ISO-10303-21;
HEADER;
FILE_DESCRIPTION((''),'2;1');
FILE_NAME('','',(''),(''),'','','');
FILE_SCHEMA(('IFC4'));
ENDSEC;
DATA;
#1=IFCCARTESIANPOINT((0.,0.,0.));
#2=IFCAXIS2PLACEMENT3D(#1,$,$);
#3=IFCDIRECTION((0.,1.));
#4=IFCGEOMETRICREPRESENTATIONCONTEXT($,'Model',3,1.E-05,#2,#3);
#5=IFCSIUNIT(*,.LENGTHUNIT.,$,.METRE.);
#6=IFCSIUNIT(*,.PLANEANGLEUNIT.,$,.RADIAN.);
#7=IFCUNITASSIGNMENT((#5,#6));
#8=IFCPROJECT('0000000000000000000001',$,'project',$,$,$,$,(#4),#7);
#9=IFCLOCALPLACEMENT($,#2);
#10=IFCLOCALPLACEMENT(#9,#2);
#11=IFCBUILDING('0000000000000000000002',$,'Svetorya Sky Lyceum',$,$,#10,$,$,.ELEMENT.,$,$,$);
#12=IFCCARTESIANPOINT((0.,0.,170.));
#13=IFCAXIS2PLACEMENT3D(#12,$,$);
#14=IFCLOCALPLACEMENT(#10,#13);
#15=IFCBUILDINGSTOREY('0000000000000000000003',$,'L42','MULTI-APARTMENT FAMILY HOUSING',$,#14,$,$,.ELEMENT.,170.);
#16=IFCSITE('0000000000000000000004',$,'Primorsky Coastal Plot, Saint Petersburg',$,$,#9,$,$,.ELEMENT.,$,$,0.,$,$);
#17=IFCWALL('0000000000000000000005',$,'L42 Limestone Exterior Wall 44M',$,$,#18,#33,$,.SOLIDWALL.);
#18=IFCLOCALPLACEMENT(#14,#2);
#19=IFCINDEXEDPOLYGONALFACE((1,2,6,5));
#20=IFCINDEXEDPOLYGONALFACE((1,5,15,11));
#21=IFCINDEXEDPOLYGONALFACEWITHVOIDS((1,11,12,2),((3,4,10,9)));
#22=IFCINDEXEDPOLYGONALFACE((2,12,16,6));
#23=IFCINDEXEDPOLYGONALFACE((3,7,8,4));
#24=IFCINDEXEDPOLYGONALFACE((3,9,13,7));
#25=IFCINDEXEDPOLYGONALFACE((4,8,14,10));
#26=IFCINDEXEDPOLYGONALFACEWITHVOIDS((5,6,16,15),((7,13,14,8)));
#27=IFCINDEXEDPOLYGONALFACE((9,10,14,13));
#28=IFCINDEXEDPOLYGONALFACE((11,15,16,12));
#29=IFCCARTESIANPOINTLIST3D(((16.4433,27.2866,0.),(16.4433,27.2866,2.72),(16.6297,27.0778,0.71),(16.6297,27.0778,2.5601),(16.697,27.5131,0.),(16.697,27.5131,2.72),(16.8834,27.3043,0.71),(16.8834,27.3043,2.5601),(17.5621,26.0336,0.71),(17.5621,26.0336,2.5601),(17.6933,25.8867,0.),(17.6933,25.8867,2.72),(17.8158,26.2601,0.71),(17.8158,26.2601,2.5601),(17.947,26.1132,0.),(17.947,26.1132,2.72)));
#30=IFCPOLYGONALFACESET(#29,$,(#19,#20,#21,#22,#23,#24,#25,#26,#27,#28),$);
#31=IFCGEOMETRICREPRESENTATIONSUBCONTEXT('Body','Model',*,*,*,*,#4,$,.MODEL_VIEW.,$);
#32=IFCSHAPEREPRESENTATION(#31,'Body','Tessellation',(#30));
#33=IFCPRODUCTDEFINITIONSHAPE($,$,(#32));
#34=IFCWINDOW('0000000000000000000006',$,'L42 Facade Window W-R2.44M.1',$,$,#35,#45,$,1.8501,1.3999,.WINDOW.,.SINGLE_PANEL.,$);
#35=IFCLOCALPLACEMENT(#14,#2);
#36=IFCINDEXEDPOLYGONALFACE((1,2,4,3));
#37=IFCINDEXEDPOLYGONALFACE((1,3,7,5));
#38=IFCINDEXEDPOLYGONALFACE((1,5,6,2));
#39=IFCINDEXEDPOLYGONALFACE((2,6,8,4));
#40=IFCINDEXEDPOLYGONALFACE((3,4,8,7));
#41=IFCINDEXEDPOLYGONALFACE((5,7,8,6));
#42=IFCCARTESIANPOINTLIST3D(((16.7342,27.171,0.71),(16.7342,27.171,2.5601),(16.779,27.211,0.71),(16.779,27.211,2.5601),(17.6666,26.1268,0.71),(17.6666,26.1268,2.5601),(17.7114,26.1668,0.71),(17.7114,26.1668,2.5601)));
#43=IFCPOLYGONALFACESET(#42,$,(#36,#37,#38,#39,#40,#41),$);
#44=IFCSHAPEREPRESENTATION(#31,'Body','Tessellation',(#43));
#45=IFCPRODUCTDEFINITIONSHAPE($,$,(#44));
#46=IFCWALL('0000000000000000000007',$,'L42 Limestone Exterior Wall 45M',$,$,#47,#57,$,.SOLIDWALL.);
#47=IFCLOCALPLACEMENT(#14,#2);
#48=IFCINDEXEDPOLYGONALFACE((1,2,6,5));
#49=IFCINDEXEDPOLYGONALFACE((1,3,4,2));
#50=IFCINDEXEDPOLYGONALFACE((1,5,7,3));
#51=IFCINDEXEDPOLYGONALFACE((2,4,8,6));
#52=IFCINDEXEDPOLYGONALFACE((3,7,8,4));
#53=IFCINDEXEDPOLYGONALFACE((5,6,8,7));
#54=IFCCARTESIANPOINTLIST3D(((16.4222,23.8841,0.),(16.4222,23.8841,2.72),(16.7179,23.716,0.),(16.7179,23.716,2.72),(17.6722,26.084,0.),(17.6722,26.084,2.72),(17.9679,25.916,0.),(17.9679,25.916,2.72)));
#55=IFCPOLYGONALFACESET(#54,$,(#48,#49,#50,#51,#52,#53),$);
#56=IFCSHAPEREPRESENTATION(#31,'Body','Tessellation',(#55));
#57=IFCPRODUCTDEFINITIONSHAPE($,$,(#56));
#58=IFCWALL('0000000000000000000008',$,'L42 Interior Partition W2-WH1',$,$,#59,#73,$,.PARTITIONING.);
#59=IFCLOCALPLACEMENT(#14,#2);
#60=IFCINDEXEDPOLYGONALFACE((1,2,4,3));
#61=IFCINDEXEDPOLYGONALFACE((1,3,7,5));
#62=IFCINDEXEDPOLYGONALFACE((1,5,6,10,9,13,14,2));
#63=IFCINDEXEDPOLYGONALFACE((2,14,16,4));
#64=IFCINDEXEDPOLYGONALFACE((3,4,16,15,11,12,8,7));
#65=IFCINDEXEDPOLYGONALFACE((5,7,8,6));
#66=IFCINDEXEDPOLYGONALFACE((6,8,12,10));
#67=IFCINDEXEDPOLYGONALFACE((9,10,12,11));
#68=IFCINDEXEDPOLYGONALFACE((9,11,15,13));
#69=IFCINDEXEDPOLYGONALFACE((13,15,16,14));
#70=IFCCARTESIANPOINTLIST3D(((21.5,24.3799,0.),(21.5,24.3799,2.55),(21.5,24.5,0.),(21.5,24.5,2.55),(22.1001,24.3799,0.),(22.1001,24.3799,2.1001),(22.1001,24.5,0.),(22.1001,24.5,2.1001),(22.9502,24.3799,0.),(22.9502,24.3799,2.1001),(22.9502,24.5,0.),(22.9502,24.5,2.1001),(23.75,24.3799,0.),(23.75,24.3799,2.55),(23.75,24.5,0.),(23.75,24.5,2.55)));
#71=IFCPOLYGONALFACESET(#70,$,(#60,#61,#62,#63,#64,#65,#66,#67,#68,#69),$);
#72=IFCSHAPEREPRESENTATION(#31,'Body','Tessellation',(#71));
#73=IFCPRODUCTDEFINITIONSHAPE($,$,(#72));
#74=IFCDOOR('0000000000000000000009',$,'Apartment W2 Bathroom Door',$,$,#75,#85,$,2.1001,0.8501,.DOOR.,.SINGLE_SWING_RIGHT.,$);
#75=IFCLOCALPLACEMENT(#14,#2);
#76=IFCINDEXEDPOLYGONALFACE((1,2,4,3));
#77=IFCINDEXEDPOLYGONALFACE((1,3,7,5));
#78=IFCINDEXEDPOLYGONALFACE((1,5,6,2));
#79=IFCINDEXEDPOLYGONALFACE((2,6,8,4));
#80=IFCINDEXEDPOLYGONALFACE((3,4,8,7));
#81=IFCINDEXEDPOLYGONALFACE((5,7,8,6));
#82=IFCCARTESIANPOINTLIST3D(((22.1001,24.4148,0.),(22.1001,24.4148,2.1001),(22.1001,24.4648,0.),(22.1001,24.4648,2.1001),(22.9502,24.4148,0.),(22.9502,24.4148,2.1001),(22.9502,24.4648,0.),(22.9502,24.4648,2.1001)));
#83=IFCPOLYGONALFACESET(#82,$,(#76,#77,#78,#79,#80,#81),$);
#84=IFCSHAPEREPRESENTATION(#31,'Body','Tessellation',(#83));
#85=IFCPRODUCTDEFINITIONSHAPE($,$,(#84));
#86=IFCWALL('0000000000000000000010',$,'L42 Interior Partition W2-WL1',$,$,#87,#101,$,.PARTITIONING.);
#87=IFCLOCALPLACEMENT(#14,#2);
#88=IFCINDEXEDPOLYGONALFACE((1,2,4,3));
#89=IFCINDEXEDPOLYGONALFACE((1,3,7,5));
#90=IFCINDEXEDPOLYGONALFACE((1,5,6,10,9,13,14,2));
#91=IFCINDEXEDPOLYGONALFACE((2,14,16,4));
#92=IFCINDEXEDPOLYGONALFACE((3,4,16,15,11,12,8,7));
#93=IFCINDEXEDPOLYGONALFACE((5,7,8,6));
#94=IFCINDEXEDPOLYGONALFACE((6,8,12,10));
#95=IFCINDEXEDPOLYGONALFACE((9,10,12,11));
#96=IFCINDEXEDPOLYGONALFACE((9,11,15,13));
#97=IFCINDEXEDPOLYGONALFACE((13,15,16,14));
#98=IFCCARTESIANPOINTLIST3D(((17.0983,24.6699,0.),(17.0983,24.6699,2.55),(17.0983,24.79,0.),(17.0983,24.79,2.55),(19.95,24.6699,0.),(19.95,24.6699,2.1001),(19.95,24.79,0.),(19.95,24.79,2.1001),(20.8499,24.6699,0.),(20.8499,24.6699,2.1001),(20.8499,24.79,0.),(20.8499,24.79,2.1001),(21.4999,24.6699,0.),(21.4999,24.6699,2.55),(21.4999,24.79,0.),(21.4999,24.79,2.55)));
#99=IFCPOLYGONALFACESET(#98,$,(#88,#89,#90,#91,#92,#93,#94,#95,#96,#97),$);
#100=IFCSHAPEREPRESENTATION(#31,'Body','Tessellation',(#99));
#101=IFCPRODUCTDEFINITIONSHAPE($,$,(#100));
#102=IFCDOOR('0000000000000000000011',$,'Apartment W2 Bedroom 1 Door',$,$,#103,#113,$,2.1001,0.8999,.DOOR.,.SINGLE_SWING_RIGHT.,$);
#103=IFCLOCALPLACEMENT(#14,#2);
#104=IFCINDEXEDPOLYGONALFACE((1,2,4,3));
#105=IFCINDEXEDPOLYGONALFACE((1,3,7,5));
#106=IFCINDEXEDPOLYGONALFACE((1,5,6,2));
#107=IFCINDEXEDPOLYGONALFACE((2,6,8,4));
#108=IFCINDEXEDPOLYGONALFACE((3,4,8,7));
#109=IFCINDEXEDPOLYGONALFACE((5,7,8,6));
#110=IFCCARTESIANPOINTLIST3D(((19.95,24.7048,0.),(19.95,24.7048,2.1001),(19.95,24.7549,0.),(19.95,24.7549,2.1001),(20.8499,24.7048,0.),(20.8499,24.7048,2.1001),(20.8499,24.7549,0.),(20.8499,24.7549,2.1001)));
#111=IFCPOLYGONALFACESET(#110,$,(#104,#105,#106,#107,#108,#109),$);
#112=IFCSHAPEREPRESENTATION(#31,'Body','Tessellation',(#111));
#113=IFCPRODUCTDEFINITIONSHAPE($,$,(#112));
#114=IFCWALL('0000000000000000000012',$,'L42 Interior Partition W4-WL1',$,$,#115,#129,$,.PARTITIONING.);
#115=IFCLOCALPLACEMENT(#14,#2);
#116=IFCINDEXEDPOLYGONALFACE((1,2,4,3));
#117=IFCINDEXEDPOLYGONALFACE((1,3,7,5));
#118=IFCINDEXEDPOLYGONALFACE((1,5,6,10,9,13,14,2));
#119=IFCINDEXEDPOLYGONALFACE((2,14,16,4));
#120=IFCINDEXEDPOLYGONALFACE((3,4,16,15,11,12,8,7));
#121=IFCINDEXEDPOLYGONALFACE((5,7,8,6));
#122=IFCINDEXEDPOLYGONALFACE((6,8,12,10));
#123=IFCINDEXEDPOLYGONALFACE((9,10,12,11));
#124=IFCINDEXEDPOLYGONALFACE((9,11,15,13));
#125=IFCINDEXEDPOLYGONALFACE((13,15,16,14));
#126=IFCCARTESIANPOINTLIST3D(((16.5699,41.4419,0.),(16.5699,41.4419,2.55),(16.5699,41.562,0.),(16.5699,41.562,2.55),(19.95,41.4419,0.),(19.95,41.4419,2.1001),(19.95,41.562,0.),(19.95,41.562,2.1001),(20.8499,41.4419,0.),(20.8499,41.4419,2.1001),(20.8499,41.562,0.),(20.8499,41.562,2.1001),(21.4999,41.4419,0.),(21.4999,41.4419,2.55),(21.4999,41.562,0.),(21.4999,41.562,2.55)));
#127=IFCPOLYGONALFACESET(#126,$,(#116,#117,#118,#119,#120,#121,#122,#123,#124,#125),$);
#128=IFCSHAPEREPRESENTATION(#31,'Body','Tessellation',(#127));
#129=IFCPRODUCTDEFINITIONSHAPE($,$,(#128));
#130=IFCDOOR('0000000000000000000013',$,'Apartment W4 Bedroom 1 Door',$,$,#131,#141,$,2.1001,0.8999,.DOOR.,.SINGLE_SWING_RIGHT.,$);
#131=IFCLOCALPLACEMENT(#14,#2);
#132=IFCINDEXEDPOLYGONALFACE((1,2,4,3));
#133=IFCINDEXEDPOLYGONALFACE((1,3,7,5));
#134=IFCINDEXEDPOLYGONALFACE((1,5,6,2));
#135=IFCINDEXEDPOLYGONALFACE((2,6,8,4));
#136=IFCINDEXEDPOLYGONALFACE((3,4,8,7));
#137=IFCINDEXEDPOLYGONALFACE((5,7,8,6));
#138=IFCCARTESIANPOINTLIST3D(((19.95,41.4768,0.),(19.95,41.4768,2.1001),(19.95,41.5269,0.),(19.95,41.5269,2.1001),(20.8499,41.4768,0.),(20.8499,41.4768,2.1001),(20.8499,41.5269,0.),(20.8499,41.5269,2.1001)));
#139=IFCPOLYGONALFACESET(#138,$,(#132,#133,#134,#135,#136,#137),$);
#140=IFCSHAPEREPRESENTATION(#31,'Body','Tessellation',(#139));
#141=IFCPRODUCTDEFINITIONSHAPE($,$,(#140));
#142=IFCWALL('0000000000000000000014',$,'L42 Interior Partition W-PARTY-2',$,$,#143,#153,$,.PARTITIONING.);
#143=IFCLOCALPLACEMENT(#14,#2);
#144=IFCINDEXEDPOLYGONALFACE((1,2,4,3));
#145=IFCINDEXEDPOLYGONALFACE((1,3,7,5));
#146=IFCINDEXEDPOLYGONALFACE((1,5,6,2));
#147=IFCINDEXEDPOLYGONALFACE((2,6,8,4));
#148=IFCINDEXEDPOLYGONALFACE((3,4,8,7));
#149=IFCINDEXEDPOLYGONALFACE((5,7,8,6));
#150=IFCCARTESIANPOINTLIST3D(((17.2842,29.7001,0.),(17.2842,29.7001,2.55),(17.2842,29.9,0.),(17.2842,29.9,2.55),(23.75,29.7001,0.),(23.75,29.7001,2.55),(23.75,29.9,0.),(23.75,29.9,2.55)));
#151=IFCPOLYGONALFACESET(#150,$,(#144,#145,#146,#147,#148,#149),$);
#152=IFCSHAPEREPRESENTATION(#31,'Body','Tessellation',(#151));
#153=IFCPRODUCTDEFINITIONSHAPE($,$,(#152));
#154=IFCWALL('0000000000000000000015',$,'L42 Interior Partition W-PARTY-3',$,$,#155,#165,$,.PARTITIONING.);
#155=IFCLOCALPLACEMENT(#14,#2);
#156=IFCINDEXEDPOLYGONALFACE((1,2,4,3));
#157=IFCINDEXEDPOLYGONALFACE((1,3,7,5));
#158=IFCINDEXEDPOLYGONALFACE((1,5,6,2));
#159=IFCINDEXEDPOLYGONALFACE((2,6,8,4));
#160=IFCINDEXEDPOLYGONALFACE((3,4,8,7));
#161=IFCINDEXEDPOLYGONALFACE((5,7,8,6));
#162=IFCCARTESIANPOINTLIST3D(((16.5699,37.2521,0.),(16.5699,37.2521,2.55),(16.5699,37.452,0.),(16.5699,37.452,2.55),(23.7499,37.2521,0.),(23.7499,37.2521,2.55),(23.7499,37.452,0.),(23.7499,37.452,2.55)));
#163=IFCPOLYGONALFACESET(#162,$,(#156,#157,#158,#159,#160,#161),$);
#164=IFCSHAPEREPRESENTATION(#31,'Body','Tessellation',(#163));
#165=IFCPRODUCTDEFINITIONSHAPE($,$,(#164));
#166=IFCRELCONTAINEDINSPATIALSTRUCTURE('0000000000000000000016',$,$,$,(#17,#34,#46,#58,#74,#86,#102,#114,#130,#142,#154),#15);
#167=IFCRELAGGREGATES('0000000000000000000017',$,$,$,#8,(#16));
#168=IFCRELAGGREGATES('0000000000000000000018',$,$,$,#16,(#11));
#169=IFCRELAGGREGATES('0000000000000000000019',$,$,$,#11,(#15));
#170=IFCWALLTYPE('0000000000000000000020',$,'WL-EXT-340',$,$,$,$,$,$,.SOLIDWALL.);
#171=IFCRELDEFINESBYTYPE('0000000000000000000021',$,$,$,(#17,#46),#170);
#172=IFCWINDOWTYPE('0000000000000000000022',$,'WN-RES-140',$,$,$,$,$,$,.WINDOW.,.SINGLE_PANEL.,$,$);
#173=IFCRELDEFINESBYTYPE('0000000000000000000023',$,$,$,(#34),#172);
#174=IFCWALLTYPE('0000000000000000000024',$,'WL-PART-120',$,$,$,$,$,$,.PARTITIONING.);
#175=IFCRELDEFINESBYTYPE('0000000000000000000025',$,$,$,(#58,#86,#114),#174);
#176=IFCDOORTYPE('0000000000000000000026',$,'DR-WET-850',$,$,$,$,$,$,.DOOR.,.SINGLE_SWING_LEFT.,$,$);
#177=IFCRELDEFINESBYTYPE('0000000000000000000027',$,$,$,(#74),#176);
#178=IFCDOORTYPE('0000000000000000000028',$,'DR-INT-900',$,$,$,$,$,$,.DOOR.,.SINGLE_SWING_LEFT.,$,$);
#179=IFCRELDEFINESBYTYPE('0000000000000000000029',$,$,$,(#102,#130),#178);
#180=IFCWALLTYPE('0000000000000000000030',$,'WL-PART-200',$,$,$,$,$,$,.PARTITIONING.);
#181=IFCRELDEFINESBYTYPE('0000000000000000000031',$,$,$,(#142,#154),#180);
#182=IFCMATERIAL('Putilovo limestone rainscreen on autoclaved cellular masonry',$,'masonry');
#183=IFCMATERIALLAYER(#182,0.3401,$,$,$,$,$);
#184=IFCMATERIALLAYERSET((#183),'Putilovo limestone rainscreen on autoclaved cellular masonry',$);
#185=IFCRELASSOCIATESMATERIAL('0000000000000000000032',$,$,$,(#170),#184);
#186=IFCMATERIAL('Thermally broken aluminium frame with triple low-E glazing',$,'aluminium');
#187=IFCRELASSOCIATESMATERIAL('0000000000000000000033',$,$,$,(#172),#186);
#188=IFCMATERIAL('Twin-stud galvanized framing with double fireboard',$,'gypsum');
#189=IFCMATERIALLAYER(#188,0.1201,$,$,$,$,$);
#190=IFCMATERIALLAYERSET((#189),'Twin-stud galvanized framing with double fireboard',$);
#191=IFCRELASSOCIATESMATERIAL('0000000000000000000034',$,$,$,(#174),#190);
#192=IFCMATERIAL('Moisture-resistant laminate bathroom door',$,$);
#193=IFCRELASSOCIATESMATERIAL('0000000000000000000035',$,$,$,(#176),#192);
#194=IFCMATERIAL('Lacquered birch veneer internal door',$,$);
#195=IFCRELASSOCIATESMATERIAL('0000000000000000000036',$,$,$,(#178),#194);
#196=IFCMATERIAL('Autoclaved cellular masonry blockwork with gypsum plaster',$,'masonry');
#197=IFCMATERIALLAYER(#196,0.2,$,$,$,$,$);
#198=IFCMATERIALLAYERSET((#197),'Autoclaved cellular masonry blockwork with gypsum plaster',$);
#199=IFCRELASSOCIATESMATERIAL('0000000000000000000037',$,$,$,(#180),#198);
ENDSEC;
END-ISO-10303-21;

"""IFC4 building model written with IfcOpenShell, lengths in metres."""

from ifc_helpers import new_model, si_unit, direction, frame, frame_2d, origin, place, context, subcontext, project, spatial, rectangle, extrude, material, layer, layer_set, type_object, element, fill, save


model = new_model("IFC4")

# Units and contexts
model_context = context("Model", 3, precision=1e-05, world=origin(), true_north=direction((0.0, 1.0)))
body_context = subcontext(model_context, "Body", "Model", "MODEL_VIEW")
ifc_project = project(units=[si_unit("LENGTHUNIT", "METRE"), si_unit("PLANEANGLEUNIT", "RADIAN")], contexts=[model_context])

# Site, building, storey
site_placement = place(None, origin())
site = spatial("IfcSite", under=ifc_project, at=site_placement, Name="Primorsky Coastal Plot, Saint Petersburg", CompositionType="ELEMENT", RefElevation=0.0)
building_placement = place(site_placement, origin())
building = spatial("IfcBuilding", under=site, at=building_placement, Name="Svetorya Sky Lyceum", CompositionType="ELEMENT")
storey_placement = place(building_placement, frame((0.0, 0.0, 170.0)))
storey = spatial("IfcBuildingStorey", under=building, at=storey_placement, Name="L42", Description="MULTI-APARTMENT FAMILY HOUSING", CompositionType="ELEMENT", Elevation=170.0)

# Shared definitions
ifc_material_1 = material(Name="Putilovo limestone rainscreen on autoclaved cellular masonry", Category="masonry")
ifc_layer_1 = layer(ifc_material_1, 0.3401)
ifc_layer_set_1 = layer_set([ifc_layer_1], Name="Putilovo limestone rainscreen on autoclaved cellular masonry")
wall_type_1 = type_object("IfcWallType", Name="WL-EXT-340", PredefinedType="SOLIDWALL", material=ifc_layer_set_1)
ifc_material_2 = material(Name="Thermally broken aluminium frame with triple low-E glazing", Category="aluminium")

# Wall, opening, window
wall_1_placement = place(storey_placement, frame((16.5701, 27.3999, 0.0), z_axis=(0.0, 0.0, 1.0), x_axis=(0.666042, -0.745915, 0.0)))
wall_1 = element("IfcWall", 1, at=wall_1_placement, inside=storey, type_object=wall_type_1, Name="L42 Limestone Exterior Wall 44M", PredefinedType="SOLIDWALL", context=body_context, shape_type="SweptSolid", body=[
    extrude(rectangle(XDim=1.8767, YDim=0.3401, at=frame_2d((0.9385, 0.0))), origin(), (0.0, 0.0, 1.0), 2.72),
])
opening_1_placement = place(wall_1_placement, frame((0.28, 0.0, 0.71)))
opening_1 = element("IfcOpeningElement", 2, at=opening_1_placement, cuts=wall_1, PredefinedType="OPENING", context=body_context, shape_type="SweptSolid", body=[
    extrude(rectangle(XDim=1.3999, YDim=1.8501, at=frame_2d((0.7, 0.925))), frame((0.0, 0.1799, 0.0), z_axis=(0.0, -1.0, 0.0), x_axis=(1.0, 0.0, 0.0)), (0.0, 0.0, 1.0), 0.3601),
])
window_type_1 = type_object("IfcWindowType", Name="WN-RES-140", PartitioningType="SINGLE_PANEL", PredefinedType="WINDOW", material=ifc_material_2)
window_1_placement = place(opening_1_placement, origin())
window_1 = element("IfcWindow", 3, at=window_1_placement, inside=storey, type_object=window_type_1, Name="L42 Facade Window W-R2.44M.1", OverallHeight=1.8501, OverallWidth=1.3999, PartitioningType="SINGLE_PANEL", PredefinedType="WINDOW", context=body_context, shape_type="SweptSolid", body=[
    extrude(rectangle(XDim=1.3999, YDim=1.8501, at=frame_2d((0.7, 0.925))), frame((0.0, 0.03, 0.0), z_axis=(0.0, -1.0, 0.0), x_axis=(1.0, 0.0, 0.0)), (0.0, 0.0, 1.0), 0.0601),
])
fill(opening_1, window_1)

# Wall
wall_2_placement = place(storey_placement, frame((17.8201, 26.0, 0.0), z_axis=(0.0, 0.0, 1.0), x_axis=(-0.494018, -0.869452, 0.0)))
element("IfcWall", 4, at=wall_2_placement, inside=storey, type_object=wall_type_1, Name="L42 Limestone Exterior Wall 45M", PredefinedType="SOLIDWALL", context=body_context, shape_type="SweptSolid", body=[
    extrude(rectangle(XDim=2.5303, YDim=0.3401, at=frame_2d((1.2651, 0.0))), origin(), (0.0, 0.0, 1.0), 2.72),
])

# Walls, openings, doors
ifc_material_3 = material(Name="Twin-stud galvanized framing with double fireboard", Category="gypsum")
ifc_layer_2 = layer(ifc_material_3, 0.1201)
ifc_layer_set_2 = layer_set([ifc_layer_2], Name="Twin-stud galvanized framing with double fireboard")
wall_type_2 = type_object("IfcWallType", Name="WL-PART-120", PredefinedType="PARTITIONING", material=ifc_layer_set_2)
wall_3_placement = place(storey_placement, frame((21.5, 24.4399, 0.0), z_axis=(0.0, 0.0, 1.0), x_axis=(1.0, 0.0, 0.0)))
wall_3 = element("IfcWall", 5, at=wall_3_placement, inside=storey, type_object=wall_type_2, Name="L42 Interior Partition W2-WH1", PredefinedType="PARTITIONING", context=body_context, shape_type="SweptSolid", body=[
    extrude(rectangle(XDim=2.25, YDim=0.1201, at=frame_2d((1.125, 0.0))), origin(), (0.0, 0.0, 1.0), 2.55),
])
opening_2_placement = place(wall_3_placement, frame((0.6001, 0.0, 0.0)))
opening_2 = element("IfcOpeningElement", 6, at=opening_2_placement, cuts=wall_3, PredefinedType="OPENING", context=body_context, shape_type="SweptSolid", body=[
    extrude(rectangle(XDim=0.8501, YDim=2.1001, at=frame_2d((0.425, 1.05))), frame((0.0, 0.0701, 0.0), z_axis=(0.0, -1.0, 0.0), x_axis=(1.0, 0.0, 0.0)), (0.0, 0.0, 1.0), 0.1401),
])
ifc_material_4 = material(Name="Moisture-resistant laminate bathroom door")
door_type_1 = type_object("IfcDoorType", Name="DR-WET-850", OperationType="SINGLE_SWING_LEFT", PredefinedType="DOOR", material=ifc_material_4)
door_1_placement = place(opening_2_placement, origin())
door_1 = element("IfcDoor", 7, at=door_1_placement, inside=storey, type_object=door_type_1, Name="Apartment W2 Bathroom Door", OperationType="SINGLE_SWING_RIGHT", OverallHeight=2.1001, OverallWidth=0.8501, PredefinedType="DOOR", context=body_context, shape_type="SweptSolid", body=[
    extrude(rectangle(XDim=0.8501, YDim=2.1001, at=frame_2d((0.425, 1.05))), frame((0.0, 0.0249, 0.0), z_axis=(0.0, -1.0, 0.0), x_axis=(1.0, 0.0, 0.0)), (0.0, 0.0, 1.0), 0.05),
])
fill(opening_2, door_1)
wall_4_placement = place(storey_placement, frame((17.0984, 24.73, 0.0), z_axis=(0.0, 0.0, 1.0), x_axis=(1.0, 0.0, 0.0)))
wall_4 = element("IfcWall", 8, at=wall_4_placement, inside=storey, type_object=wall_type_2, Name="L42 Interior Partition W2-WL1", PredefinedType="PARTITIONING", context=body_context, shape_type="SweptSolid", body=[
    extrude(rectangle(XDim=4.4016, YDim=0.1201, at=frame_2d((2.2007, 0.0))), origin(), (0.0, 0.0, 1.0), 2.55),
])
opening_3_placement = place(wall_4_placement, frame((2.8516, 0.0, 0.0)))
opening_3 = element("IfcOpeningElement", 9, at=opening_3_placement, cuts=wall_4, PredefinedType="OPENING", context=body_context, shape_type="SweptSolid", body=[
    extrude(rectangle(XDim=0.8999, YDim=2.1001, at=frame_2d((0.45, 1.05))), frame((0.0, 0.0701, 0.0), z_axis=(0.0, -1.0, 0.0), x_axis=(1.0, 0.0, 0.0)), (0.0, 0.0, 1.0), 0.1401),
])
ifc_material_5 = material(Name="Lacquered birch veneer internal door")
door_type_2 = type_object("IfcDoorType", Name="DR-INT-900", OperationType="SINGLE_SWING_LEFT", PredefinedType="DOOR", material=ifc_material_5)
door_2_placement = place(opening_3_placement, origin())
door_2 = element("IfcDoor", 10, at=door_2_placement, inside=storey, type_object=door_type_2, Name="Apartment W2 Bedroom 1 Door", OperationType="SINGLE_SWING_RIGHT", OverallHeight=2.1001, OverallWidth=0.8999, PredefinedType="DOOR", context=body_context, shape_type="SweptSolid", body=[
    extrude(rectangle(XDim=0.8999, YDim=2.1001, at=frame_2d((0.45, 1.05))), frame((0.0, 0.0249, 0.0), z_axis=(0.0, -1.0, 0.0), x_axis=(1.0, 0.0, 0.0)), (0.0, 0.0, 1.0), 0.05),
])
fill(opening_3, door_2)
wall_5_placement = place(storey_placement, frame((16.5701, 41.502, 0.0), z_axis=(0.0, 0.0, 1.0), x_axis=(1.0, 0.0, 0.0)))
wall_5 = element("IfcWall", 11, at=wall_5_placement, inside=storey, type_object=wall_type_2, Name="L42 Interior Partition W4-WL1", PredefinedType="PARTITIONING", context=body_context, shape_type="SweptSolid", body=[
    extrude(rectangle(XDim=4.9299, YDim=0.1201, at=frame_2d((2.4648, 0.0))), origin(), (0.0, 0.0, 1.0), 2.55),
])
opening_4_placement = place(wall_5_placement, frame((3.3799, 0.0, 0.0)))
opening_4 = element("IfcOpeningElement", 12, at=opening_4_placement, cuts=wall_5, PredefinedType="OPENING", context=body_context, shape_type="SweptSolid", body=[
    extrude(rectangle(XDim=0.8999, YDim=2.1001, at=frame_2d((0.45, 1.05))), frame((0.0, 0.0701, 0.0), z_axis=(0.0, -1.0, 0.0), x_axis=(1.0, 0.0, 0.0)), (0.0, 0.0, 1.0), 0.1401),
])
door_3_placement = place(opening_4_placement, origin())
door_3 = element("IfcDoor", 13, at=door_3_placement, inside=storey, type_object=door_type_2, Name="Apartment W4 Bedroom 1 Door", OperationType="SINGLE_SWING_RIGHT", OverallHeight=2.1001, OverallWidth=0.8999, PredefinedType="DOOR", context=body_context, shape_type="SweptSolid", body=[
    extrude(rectangle(XDim=0.8999, YDim=2.1001, at=frame_2d((0.45, 1.05))), frame((0.0, 0.0249, 0.0), z_axis=(0.0, -1.0, 0.0), x_axis=(1.0, 0.0, 0.0)), (0.0, 0.0, 1.0), 0.05),
])
fill(opening_4, door_3)

# Walls
ifc_material_6 = material(Name="Autoclaved cellular masonry blockwork with gypsum plaster", Category="masonry")
ifc_layer_3 = layer(ifc_material_6, 0.2)
ifc_layer_set_3 = layer_set([ifc_layer_3], Name="Autoclaved cellular masonry blockwork with gypsum plaster")
wall_type_3 = type_object("IfcWallType", Name="WL-PART-200", PredefinedType="PARTITIONING", material=ifc_layer_set_3)
wall_6_placement = place(storey_placement, frame((17.2842, 29.8, 0.0), z_axis=(0.0, 0.0, 1.0), x_axis=(1.0, 0.0, 0.0)))
element("IfcWall", 14, at=wall_6_placement, inside=storey, type_object=wall_type_3, Name="L42 Interior Partition W-PARTY-2", PredefinedType="PARTITIONING", context=body_context, shape_type="SweptSolid", body=[
    extrude(rectangle(XDim=6.4658, YDim=0.2, at=frame_2d((3.2329, 0.0))), origin(), (0.0, 0.0, 1.0), 2.55),
])
wall_7_placement = place(storey_placement, frame((16.5701, 37.3521, 0.0), z_axis=(0.0, 0.0, 1.0), x_axis=(1.0, 0.0, 0.0)))
element("IfcWall", 15, at=wall_7_placement, inside=storey, type_object=wall_type_3, Name="L42 Interior Partition W-PARTY-3", PredefinedType="PARTITIONING", context=body_context, shape_type="SweptSolid", body=[
    extrude(rectangle(XDim=7.1799, YDim=0.2, at=frame_2d((3.5898, 0.0))), origin(), (0.0, 0.0, 1.0), 2.55),
])

save(model, "model.ifc")
